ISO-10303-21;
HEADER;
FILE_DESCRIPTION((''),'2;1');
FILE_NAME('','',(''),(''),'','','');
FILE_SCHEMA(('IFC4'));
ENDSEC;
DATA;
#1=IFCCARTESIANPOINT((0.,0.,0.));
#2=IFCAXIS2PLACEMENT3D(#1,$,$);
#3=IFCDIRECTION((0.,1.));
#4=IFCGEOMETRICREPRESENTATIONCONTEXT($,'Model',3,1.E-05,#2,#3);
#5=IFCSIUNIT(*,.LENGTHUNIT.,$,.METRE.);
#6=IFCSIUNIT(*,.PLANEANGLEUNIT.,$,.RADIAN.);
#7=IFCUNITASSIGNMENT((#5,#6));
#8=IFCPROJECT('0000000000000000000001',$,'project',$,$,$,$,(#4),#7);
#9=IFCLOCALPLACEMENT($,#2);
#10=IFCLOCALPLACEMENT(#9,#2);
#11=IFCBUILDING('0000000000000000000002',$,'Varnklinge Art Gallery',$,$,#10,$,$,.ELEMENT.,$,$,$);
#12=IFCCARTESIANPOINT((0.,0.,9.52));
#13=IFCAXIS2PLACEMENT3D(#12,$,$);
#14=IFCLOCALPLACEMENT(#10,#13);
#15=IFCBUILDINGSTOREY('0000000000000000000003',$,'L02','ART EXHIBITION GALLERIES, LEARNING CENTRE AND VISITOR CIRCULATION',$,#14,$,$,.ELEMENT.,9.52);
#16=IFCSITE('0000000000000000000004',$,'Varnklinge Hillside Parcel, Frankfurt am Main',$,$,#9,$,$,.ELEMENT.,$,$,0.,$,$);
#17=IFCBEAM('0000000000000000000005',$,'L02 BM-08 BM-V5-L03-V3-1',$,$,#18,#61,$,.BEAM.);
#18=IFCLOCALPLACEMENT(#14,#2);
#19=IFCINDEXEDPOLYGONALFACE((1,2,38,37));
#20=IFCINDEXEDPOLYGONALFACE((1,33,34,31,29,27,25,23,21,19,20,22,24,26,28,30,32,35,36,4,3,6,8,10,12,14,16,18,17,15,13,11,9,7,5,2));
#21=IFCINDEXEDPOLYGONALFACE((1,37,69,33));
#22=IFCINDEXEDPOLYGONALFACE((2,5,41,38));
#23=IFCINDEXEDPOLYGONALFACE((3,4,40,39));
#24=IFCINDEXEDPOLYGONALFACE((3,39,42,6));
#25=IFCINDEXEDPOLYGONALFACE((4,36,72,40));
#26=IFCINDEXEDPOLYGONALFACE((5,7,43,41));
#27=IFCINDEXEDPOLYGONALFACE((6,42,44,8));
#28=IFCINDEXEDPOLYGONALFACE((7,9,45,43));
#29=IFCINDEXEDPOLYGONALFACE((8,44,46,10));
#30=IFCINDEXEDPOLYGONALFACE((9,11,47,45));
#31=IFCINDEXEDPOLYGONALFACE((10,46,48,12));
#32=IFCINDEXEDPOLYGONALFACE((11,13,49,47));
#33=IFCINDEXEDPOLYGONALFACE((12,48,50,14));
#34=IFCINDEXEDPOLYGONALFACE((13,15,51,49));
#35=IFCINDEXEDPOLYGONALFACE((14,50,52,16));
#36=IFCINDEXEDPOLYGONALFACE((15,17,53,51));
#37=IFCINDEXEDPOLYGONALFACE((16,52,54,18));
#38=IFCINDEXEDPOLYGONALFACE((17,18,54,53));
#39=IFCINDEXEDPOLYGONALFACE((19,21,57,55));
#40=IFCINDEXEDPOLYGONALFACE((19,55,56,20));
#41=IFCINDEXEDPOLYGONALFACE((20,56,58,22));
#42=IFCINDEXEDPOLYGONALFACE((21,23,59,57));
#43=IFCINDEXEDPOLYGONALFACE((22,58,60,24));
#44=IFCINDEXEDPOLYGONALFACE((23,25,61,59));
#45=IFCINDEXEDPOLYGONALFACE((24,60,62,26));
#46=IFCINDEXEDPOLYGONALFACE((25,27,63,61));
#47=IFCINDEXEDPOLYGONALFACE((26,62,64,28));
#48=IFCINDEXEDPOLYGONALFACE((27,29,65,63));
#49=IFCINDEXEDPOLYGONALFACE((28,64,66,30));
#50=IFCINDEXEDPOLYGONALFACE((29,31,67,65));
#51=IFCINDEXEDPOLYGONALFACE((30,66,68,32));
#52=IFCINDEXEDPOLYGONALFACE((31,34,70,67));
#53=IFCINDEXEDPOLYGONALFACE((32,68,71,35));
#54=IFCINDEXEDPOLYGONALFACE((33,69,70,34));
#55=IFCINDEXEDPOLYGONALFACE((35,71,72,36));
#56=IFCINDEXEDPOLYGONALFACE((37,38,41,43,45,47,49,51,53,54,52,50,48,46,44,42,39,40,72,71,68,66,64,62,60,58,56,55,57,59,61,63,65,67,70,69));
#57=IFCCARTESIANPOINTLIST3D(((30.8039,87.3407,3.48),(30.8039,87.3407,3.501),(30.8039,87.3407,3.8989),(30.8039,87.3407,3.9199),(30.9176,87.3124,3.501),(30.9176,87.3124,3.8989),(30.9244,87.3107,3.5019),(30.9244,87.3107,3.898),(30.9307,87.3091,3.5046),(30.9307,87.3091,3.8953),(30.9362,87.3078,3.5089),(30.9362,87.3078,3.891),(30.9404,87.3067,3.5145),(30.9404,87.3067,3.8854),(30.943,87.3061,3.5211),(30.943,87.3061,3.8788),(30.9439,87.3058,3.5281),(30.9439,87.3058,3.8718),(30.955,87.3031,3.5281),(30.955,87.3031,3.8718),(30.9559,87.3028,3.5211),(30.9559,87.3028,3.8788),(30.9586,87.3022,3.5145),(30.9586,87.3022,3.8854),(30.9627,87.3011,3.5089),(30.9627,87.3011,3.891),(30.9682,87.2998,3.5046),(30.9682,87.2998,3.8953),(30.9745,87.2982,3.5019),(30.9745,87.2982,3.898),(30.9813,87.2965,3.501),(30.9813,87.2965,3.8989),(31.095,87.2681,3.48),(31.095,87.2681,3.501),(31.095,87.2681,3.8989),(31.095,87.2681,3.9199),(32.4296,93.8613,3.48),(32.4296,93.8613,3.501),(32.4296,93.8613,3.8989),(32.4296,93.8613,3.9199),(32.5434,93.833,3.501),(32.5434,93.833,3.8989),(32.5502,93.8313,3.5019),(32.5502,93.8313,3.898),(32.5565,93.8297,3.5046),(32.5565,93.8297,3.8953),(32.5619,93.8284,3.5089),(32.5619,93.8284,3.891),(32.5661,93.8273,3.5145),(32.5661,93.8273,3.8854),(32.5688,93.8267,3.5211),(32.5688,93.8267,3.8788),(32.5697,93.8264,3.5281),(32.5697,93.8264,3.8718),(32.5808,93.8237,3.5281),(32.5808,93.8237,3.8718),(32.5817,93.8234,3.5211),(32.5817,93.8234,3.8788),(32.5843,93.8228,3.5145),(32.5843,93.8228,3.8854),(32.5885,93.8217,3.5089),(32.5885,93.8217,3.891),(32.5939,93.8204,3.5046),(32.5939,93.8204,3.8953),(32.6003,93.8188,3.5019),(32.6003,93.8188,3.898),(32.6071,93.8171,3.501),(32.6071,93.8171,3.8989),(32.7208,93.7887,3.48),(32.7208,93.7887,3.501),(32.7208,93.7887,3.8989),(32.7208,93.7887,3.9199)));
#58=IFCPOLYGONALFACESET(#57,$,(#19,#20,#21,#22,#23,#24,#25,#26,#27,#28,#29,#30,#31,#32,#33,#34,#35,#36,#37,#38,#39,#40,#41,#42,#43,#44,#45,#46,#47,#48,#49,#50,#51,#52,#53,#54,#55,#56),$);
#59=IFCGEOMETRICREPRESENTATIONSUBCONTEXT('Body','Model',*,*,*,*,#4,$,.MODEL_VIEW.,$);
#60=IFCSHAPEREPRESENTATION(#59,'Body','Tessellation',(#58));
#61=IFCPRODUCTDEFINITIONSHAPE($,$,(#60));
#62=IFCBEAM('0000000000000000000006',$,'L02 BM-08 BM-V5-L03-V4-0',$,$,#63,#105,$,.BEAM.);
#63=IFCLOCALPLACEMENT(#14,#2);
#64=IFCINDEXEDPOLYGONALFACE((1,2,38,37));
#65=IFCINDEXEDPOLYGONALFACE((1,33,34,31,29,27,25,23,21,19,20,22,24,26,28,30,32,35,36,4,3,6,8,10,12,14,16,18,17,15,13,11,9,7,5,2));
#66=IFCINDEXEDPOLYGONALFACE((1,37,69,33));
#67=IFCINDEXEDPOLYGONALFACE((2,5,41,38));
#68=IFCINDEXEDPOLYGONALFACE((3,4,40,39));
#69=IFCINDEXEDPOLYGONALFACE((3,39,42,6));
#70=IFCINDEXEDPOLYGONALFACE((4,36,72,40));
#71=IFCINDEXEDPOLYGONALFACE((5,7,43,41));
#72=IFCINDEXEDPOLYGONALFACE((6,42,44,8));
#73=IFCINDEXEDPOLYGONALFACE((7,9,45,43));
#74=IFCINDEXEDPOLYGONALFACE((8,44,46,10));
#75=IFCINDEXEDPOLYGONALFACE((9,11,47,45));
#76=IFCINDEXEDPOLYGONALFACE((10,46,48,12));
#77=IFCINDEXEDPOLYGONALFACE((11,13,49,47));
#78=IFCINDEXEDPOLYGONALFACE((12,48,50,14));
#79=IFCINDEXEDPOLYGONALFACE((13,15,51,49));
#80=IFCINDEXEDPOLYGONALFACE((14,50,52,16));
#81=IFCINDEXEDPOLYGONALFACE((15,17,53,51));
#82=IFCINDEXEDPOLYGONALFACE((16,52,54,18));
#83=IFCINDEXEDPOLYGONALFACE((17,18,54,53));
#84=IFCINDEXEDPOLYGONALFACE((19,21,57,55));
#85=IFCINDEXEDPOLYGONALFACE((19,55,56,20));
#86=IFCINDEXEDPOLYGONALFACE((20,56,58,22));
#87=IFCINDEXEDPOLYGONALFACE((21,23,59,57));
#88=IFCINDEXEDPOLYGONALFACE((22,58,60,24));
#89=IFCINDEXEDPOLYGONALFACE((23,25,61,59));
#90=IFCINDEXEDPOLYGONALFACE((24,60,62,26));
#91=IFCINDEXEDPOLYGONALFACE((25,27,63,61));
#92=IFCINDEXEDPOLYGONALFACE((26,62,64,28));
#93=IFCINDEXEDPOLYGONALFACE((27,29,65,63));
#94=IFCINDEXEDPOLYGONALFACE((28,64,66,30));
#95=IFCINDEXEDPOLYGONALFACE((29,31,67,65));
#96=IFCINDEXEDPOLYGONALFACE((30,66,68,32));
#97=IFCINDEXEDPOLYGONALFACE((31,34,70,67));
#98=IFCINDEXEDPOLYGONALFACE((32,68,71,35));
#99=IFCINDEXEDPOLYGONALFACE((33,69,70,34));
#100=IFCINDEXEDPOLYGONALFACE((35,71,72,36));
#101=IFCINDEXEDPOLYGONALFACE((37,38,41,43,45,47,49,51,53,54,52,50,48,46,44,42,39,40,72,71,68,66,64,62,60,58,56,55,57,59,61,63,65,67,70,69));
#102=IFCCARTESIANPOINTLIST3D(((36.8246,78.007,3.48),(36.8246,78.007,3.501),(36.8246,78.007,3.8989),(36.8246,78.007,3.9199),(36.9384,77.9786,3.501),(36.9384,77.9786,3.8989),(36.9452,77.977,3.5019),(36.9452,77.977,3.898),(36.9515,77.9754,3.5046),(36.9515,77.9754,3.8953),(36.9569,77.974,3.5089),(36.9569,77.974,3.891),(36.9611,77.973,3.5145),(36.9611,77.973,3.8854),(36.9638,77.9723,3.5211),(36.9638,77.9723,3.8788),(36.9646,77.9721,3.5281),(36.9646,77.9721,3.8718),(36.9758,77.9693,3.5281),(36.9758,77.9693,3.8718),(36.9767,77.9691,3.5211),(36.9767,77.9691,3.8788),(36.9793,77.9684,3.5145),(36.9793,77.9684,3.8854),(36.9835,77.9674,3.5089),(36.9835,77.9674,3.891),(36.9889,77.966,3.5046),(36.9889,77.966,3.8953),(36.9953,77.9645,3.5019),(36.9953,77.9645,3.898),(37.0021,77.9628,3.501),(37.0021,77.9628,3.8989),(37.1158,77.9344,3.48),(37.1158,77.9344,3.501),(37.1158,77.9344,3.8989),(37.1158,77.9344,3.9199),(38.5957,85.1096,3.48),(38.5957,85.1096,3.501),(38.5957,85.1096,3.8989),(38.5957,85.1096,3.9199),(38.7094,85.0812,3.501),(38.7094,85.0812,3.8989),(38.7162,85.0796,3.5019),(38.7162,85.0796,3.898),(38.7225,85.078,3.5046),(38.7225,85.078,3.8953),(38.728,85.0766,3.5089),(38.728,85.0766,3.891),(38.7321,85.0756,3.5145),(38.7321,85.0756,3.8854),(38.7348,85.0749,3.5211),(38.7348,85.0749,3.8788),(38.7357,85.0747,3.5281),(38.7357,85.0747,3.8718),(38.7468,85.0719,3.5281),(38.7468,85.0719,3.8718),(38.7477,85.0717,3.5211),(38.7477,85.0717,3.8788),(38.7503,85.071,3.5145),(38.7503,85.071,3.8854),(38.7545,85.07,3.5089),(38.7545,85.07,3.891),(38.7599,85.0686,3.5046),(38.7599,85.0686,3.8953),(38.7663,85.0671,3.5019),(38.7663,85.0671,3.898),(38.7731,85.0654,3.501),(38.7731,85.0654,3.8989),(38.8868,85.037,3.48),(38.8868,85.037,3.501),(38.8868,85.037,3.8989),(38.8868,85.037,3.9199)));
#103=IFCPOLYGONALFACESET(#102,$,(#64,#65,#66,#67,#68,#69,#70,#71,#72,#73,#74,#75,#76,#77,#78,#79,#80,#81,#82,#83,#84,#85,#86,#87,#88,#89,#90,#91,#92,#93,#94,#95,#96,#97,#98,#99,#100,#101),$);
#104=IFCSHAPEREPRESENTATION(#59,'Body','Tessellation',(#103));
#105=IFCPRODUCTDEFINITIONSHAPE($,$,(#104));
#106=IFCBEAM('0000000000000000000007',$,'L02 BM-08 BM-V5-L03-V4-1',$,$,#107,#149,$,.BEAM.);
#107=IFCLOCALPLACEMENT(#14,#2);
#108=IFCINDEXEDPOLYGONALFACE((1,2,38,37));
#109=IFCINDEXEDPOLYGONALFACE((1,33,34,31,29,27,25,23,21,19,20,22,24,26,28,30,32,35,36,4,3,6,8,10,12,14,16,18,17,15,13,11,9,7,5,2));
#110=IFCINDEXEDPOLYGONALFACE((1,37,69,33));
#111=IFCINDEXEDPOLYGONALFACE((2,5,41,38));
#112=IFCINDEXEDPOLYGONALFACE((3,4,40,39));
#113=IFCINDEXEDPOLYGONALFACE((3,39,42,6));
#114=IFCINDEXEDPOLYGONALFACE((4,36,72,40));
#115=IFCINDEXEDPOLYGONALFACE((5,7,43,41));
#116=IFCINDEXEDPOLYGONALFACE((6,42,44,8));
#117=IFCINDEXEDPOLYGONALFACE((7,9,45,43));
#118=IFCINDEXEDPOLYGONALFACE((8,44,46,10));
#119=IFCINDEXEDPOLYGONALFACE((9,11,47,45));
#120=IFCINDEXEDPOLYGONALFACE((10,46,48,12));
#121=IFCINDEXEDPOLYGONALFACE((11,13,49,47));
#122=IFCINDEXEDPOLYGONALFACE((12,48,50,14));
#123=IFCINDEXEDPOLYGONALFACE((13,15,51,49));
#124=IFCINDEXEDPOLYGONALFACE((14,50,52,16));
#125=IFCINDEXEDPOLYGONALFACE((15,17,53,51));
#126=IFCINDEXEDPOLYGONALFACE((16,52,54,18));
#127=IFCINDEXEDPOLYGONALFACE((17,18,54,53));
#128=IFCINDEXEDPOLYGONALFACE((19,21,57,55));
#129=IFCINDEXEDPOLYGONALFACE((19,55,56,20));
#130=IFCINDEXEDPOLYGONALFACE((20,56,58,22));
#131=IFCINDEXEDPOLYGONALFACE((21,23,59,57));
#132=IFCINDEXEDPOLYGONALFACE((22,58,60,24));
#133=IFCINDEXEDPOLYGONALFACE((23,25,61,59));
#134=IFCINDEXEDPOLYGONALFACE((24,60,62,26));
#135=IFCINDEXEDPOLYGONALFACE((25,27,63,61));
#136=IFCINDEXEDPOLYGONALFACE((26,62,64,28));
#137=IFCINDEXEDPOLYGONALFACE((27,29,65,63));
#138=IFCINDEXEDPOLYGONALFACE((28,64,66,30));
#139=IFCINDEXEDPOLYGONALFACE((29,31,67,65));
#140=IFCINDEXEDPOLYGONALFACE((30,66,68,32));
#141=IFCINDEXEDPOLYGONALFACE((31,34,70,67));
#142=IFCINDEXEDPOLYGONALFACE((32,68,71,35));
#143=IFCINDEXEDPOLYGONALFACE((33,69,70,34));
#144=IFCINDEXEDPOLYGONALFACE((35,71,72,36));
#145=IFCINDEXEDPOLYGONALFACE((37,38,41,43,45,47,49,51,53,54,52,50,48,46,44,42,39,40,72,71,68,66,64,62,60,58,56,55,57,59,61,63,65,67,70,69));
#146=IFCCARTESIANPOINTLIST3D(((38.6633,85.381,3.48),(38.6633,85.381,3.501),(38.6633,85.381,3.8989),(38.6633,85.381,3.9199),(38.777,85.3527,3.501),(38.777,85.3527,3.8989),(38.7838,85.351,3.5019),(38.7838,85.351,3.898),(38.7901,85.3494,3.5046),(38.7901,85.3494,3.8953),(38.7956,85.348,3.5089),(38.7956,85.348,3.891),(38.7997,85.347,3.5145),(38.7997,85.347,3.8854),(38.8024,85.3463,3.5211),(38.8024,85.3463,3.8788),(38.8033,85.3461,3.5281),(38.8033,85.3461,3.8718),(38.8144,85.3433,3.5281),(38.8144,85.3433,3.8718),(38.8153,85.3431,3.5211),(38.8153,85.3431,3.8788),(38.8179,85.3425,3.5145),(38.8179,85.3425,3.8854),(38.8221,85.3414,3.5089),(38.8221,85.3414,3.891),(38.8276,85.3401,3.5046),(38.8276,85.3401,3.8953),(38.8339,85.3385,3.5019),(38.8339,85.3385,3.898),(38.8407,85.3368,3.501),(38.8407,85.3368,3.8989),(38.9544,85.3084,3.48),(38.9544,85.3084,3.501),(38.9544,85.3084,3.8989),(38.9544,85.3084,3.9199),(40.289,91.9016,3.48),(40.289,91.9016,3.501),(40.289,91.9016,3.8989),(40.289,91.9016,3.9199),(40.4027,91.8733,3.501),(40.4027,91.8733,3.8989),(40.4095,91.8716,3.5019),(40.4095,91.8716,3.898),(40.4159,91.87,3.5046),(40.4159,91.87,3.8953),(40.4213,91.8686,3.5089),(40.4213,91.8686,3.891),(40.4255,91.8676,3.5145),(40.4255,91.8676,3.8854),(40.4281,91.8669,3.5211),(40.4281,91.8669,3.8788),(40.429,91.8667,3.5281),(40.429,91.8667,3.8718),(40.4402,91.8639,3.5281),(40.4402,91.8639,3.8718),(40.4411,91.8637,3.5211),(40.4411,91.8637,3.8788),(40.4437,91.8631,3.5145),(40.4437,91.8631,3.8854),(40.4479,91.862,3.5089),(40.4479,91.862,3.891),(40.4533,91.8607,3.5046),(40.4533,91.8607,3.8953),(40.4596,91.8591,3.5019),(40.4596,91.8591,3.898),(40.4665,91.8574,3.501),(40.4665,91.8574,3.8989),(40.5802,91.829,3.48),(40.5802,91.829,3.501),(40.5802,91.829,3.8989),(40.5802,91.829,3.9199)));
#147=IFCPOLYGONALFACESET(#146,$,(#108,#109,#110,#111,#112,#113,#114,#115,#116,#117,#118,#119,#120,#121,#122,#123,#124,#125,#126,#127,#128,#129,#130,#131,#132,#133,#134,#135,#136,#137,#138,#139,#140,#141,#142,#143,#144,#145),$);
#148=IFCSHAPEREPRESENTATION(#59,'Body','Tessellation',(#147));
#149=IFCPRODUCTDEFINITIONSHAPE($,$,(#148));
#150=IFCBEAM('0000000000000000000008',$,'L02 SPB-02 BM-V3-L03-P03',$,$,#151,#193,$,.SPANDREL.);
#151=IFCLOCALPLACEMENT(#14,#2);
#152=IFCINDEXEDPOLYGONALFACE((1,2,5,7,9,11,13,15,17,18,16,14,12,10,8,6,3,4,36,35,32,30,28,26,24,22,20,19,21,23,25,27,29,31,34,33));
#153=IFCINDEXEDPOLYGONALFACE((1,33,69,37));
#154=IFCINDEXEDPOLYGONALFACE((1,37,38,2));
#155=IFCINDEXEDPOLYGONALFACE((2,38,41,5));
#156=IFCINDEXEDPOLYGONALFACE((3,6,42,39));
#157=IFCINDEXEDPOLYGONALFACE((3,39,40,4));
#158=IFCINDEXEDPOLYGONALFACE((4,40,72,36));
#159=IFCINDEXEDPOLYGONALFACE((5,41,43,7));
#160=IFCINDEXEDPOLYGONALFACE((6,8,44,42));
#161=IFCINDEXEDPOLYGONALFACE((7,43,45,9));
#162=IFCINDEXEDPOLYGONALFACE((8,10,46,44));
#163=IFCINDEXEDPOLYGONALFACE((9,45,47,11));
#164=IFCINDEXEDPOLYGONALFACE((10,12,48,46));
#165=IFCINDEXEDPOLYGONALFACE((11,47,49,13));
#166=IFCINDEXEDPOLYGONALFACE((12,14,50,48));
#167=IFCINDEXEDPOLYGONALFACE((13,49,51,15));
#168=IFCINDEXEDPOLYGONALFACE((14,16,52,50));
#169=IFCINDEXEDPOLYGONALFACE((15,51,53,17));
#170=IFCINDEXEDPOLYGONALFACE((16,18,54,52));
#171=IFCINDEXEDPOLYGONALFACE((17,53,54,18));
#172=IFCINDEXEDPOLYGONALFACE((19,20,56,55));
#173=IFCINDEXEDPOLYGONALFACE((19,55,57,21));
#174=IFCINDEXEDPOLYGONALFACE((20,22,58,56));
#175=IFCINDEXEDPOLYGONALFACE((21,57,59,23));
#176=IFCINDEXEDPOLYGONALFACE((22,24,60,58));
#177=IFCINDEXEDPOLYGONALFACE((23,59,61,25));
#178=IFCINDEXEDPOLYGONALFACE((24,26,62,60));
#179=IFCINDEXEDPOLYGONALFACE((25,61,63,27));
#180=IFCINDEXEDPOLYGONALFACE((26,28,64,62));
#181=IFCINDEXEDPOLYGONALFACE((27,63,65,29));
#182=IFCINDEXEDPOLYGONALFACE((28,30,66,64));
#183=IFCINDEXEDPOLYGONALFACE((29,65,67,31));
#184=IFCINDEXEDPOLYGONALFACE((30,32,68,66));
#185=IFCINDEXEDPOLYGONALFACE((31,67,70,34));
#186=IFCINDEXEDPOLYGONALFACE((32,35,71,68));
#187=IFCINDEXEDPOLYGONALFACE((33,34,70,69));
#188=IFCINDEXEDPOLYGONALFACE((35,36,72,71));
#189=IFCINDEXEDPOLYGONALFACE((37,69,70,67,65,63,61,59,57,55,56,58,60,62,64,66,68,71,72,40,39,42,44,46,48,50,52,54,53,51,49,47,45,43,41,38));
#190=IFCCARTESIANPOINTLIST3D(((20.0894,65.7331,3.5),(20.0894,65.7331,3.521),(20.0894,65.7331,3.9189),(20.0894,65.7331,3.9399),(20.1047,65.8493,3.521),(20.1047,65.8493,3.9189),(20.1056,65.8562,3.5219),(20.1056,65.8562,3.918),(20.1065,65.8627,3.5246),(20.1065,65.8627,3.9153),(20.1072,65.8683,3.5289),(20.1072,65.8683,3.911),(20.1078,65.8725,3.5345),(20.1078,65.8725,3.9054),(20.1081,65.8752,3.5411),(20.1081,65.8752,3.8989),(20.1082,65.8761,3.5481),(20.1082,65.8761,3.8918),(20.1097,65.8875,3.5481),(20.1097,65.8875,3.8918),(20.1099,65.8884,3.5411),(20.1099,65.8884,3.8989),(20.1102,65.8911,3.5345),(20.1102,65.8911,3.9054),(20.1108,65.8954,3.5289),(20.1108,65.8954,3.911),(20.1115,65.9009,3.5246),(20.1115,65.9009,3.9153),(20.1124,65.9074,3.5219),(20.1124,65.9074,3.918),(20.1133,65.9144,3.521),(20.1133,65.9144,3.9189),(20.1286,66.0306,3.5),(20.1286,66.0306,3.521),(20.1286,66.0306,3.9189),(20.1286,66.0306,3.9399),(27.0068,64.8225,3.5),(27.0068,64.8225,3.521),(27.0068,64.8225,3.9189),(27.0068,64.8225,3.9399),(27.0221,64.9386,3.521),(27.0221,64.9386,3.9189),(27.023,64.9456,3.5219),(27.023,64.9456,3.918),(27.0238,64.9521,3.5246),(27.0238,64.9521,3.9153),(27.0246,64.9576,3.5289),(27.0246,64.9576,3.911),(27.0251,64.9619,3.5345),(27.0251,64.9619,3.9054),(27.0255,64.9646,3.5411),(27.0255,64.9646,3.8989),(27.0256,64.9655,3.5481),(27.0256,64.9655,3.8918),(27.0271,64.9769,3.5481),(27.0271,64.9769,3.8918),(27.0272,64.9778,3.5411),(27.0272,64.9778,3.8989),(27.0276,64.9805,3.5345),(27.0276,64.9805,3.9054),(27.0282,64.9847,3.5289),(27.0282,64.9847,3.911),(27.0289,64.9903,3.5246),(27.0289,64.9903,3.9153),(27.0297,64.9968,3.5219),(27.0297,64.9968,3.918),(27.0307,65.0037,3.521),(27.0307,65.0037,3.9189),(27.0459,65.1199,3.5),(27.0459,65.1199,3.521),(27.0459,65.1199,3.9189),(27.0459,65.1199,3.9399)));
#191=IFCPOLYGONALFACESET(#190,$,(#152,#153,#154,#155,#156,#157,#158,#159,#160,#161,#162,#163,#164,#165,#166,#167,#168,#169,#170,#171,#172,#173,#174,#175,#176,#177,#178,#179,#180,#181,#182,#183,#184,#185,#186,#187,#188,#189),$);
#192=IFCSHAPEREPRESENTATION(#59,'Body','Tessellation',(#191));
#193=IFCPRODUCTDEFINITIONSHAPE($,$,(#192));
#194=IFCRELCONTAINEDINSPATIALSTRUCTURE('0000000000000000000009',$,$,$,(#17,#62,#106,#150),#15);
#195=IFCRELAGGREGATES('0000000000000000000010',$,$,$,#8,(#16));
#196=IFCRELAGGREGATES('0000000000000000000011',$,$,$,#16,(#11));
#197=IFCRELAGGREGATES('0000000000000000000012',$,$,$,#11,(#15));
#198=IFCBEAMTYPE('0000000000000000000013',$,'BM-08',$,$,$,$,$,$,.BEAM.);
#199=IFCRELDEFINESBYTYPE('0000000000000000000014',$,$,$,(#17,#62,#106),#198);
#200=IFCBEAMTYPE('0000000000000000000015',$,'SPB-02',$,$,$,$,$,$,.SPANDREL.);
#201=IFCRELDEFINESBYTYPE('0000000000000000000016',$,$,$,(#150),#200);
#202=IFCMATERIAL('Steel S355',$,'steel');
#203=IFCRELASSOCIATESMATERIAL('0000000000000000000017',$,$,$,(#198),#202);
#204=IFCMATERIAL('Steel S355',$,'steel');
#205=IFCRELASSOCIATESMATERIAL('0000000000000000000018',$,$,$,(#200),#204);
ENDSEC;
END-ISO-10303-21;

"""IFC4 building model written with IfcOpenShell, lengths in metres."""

from ifc_helpers import new_model, si_unit, direction, frame, origin, origin_2d, place, context, subcontext, project, spatial, i_section, extrude, material, material_profile, profile_set, type_object, element, save


model = new_model("IFC4")

# Units and contexts
model_context = context("Model", 3, precision=1e-05, world=origin(), true_north=direction((0.0, 1.0)))
body_context = subcontext(model_context, "Body", "Model", "MODEL_VIEW")
ifc_project = project(units=[si_unit("LENGTHUNIT", "METRE"), si_unit("PLANEANGLEUNIT", "RADIAN")], contexts=[model_context])

# Site, building, storey
site_placement = place(None, origin())
site = spatial("IfcSite", under=ifc_project, at=site_placement, Name="Varnklinge Hillside Parcel, Frankfurt am Main", CompositionType="ELEMENT", RefElevation=0.0)
building_placement = place(site_placement, origin())
building = spatial("IfcBuilding", under=site, at=building_placement, Name="Varnklinge Art Gallery", CompositionType="ELEMENT")
storey_placement = place(building_placement, frame((0.0, 0.0, 9.52)))
storey = spatial("IfcBuildingStorey", under=building, at=storey_placement, Name="L02", Description="ART EXHIBITION GALLERIES, LEARNING CENTRE AND VISITOR CIRCULATION", CompositionType="ELEMENT", Elevation=9.52)

# Beams
ifc_material_1 = material(Name="Steel S355", Category="steel")
ifc_material_profile_1 = material_profile(ifc_material_1, i_section(OverallWidth=0.3, OverallDepth=0.4399, WebThickness=0.0115, FlangeThickness=0.021, FilletRadius=0.0271, at=origin_2d()), Name="HEA 450")
ifc_profile_set_1 = profile_set([ifc_material_profile_1], Name="Steel S355")
beam_type_1 = type_object("IfcBeamType", Name="BM-08", PredefinedType="BEAM", material=ifc_profile_set_1)
beam_1_placement = place(storey_placement, frame((30.9495, 87.3044, 3.7), z_axis=(0.24192, 0.970296, 0.0), x_axis=(-0.970296, 0.24192, 0.0)))
element("IfcBeam", 1, at=beam_1_placement, inside=storey, type_object=beam_type_1, Name="L02 BM-08 BM-V5-L03-V3-1", PredefinedType="BEAM", context=body_context, shape_type="SweptSolid", body=[
    extrude(i_section(OverallWidth=0.3, OverallDepth=0.4399, WebThickness=0.0115, FlangeThickness=0.021, FilletRadius=0.0271, at=origin_2d()), origin(), (0.0, 0.0, 1.0), 6.7202),
])
beam_2_placement = place(storey_placement, frame((36.9702, 77.9707, 3.7), z_axis=(0.241939, 0.970291, 0.0), x_axis=(-0.970291, 0.241939, 0.0)))
element("IfcBeam", 2, at=beam_2_placement, inside=storey, type_object=beam_type_1, Name="L02 BM-08 BM-V5-L03-V4-0", PredefinedType="BEAM", context=body_context, shape_type="SweptSolid", body=[
    extrude(i_section(OverallWidth=0.3, OverallDepth=0.4399, WebThickness=0.0115, FlangeThickness=0.021, FilletRadius=0.0271, at=origin_2d()), origin(), (0.0, 0.0, 1.0), 7.3201),
])
beam_3_placement = place(storey_placement, frame((38.8088, 85.3447, 3.7), z_axis=(0.24192, 0.970296, 0.0), x_axis=(-0.970296, 0.24192, 0.0)))
element("IfcBeam", 3, at=beam_3_placement, inside=storey, type_object=beam_type_1, Name="L02 BM-08 BM-V5-L03-V4-1", PredefinedType="BEAM", context=body_context, shape_type="SweptSolid", body=[
    extrude(i_section(OverallWidth=0.3, OverallDepth=0.4399, WebThickness=0.0115, FlangeThickness=0.021, FilletRadius=0.0271, at=origin_2d()), origin(), (0.0, 0.0, 1.0), 6.7202),
])
ifc_material_2 = material(Name="Steel S355", Category="steel")
ifc_material_profile_2 = material_profile(ifc_material_2, i_section(OverallWidth=0.3, OverallDepth=0.4399, WebThickness=0.0115, FlangeThickness=0.021, FilletRadius=0.0271, at=origin_2d()), Name="HEA 450")
ifc_profile_set_2 = profile_set([ifc_material_profile_2], Name="Steel S355")
beam_type_2 = type_object("IfcBeamType", Name="SPB-02", PredefinedType="SPANDREL", material=ifc_profile_set_2)
beam_4_placement = place(storey_placement, frame((27.0264, 64.9712, 3.72), z_axis=(-0.991446, 0.130518, 0.0), x_axis=(-0.130518, -0.991446, 0.0)))
element("IfcBeam", 4, at=beam_4_placement, inside=storey, type_object=beam_type_2, Name="L02 SPB-02 BM-V3-L03-P03", PredefinedType="SPANDREL", context=body_context, shape_type="SweptSolid", body=[
    extrude(i_section(OverallWidth=0.3, OverallDepth=0.4399, WebThickness=0.0115, FlangeThickness=0.021, FilletRadius=0.0271, at=origin_2d()), origin(), (0.0, 0.0, 1.0), 6.9771),
])

save(model, "model.ifc")
